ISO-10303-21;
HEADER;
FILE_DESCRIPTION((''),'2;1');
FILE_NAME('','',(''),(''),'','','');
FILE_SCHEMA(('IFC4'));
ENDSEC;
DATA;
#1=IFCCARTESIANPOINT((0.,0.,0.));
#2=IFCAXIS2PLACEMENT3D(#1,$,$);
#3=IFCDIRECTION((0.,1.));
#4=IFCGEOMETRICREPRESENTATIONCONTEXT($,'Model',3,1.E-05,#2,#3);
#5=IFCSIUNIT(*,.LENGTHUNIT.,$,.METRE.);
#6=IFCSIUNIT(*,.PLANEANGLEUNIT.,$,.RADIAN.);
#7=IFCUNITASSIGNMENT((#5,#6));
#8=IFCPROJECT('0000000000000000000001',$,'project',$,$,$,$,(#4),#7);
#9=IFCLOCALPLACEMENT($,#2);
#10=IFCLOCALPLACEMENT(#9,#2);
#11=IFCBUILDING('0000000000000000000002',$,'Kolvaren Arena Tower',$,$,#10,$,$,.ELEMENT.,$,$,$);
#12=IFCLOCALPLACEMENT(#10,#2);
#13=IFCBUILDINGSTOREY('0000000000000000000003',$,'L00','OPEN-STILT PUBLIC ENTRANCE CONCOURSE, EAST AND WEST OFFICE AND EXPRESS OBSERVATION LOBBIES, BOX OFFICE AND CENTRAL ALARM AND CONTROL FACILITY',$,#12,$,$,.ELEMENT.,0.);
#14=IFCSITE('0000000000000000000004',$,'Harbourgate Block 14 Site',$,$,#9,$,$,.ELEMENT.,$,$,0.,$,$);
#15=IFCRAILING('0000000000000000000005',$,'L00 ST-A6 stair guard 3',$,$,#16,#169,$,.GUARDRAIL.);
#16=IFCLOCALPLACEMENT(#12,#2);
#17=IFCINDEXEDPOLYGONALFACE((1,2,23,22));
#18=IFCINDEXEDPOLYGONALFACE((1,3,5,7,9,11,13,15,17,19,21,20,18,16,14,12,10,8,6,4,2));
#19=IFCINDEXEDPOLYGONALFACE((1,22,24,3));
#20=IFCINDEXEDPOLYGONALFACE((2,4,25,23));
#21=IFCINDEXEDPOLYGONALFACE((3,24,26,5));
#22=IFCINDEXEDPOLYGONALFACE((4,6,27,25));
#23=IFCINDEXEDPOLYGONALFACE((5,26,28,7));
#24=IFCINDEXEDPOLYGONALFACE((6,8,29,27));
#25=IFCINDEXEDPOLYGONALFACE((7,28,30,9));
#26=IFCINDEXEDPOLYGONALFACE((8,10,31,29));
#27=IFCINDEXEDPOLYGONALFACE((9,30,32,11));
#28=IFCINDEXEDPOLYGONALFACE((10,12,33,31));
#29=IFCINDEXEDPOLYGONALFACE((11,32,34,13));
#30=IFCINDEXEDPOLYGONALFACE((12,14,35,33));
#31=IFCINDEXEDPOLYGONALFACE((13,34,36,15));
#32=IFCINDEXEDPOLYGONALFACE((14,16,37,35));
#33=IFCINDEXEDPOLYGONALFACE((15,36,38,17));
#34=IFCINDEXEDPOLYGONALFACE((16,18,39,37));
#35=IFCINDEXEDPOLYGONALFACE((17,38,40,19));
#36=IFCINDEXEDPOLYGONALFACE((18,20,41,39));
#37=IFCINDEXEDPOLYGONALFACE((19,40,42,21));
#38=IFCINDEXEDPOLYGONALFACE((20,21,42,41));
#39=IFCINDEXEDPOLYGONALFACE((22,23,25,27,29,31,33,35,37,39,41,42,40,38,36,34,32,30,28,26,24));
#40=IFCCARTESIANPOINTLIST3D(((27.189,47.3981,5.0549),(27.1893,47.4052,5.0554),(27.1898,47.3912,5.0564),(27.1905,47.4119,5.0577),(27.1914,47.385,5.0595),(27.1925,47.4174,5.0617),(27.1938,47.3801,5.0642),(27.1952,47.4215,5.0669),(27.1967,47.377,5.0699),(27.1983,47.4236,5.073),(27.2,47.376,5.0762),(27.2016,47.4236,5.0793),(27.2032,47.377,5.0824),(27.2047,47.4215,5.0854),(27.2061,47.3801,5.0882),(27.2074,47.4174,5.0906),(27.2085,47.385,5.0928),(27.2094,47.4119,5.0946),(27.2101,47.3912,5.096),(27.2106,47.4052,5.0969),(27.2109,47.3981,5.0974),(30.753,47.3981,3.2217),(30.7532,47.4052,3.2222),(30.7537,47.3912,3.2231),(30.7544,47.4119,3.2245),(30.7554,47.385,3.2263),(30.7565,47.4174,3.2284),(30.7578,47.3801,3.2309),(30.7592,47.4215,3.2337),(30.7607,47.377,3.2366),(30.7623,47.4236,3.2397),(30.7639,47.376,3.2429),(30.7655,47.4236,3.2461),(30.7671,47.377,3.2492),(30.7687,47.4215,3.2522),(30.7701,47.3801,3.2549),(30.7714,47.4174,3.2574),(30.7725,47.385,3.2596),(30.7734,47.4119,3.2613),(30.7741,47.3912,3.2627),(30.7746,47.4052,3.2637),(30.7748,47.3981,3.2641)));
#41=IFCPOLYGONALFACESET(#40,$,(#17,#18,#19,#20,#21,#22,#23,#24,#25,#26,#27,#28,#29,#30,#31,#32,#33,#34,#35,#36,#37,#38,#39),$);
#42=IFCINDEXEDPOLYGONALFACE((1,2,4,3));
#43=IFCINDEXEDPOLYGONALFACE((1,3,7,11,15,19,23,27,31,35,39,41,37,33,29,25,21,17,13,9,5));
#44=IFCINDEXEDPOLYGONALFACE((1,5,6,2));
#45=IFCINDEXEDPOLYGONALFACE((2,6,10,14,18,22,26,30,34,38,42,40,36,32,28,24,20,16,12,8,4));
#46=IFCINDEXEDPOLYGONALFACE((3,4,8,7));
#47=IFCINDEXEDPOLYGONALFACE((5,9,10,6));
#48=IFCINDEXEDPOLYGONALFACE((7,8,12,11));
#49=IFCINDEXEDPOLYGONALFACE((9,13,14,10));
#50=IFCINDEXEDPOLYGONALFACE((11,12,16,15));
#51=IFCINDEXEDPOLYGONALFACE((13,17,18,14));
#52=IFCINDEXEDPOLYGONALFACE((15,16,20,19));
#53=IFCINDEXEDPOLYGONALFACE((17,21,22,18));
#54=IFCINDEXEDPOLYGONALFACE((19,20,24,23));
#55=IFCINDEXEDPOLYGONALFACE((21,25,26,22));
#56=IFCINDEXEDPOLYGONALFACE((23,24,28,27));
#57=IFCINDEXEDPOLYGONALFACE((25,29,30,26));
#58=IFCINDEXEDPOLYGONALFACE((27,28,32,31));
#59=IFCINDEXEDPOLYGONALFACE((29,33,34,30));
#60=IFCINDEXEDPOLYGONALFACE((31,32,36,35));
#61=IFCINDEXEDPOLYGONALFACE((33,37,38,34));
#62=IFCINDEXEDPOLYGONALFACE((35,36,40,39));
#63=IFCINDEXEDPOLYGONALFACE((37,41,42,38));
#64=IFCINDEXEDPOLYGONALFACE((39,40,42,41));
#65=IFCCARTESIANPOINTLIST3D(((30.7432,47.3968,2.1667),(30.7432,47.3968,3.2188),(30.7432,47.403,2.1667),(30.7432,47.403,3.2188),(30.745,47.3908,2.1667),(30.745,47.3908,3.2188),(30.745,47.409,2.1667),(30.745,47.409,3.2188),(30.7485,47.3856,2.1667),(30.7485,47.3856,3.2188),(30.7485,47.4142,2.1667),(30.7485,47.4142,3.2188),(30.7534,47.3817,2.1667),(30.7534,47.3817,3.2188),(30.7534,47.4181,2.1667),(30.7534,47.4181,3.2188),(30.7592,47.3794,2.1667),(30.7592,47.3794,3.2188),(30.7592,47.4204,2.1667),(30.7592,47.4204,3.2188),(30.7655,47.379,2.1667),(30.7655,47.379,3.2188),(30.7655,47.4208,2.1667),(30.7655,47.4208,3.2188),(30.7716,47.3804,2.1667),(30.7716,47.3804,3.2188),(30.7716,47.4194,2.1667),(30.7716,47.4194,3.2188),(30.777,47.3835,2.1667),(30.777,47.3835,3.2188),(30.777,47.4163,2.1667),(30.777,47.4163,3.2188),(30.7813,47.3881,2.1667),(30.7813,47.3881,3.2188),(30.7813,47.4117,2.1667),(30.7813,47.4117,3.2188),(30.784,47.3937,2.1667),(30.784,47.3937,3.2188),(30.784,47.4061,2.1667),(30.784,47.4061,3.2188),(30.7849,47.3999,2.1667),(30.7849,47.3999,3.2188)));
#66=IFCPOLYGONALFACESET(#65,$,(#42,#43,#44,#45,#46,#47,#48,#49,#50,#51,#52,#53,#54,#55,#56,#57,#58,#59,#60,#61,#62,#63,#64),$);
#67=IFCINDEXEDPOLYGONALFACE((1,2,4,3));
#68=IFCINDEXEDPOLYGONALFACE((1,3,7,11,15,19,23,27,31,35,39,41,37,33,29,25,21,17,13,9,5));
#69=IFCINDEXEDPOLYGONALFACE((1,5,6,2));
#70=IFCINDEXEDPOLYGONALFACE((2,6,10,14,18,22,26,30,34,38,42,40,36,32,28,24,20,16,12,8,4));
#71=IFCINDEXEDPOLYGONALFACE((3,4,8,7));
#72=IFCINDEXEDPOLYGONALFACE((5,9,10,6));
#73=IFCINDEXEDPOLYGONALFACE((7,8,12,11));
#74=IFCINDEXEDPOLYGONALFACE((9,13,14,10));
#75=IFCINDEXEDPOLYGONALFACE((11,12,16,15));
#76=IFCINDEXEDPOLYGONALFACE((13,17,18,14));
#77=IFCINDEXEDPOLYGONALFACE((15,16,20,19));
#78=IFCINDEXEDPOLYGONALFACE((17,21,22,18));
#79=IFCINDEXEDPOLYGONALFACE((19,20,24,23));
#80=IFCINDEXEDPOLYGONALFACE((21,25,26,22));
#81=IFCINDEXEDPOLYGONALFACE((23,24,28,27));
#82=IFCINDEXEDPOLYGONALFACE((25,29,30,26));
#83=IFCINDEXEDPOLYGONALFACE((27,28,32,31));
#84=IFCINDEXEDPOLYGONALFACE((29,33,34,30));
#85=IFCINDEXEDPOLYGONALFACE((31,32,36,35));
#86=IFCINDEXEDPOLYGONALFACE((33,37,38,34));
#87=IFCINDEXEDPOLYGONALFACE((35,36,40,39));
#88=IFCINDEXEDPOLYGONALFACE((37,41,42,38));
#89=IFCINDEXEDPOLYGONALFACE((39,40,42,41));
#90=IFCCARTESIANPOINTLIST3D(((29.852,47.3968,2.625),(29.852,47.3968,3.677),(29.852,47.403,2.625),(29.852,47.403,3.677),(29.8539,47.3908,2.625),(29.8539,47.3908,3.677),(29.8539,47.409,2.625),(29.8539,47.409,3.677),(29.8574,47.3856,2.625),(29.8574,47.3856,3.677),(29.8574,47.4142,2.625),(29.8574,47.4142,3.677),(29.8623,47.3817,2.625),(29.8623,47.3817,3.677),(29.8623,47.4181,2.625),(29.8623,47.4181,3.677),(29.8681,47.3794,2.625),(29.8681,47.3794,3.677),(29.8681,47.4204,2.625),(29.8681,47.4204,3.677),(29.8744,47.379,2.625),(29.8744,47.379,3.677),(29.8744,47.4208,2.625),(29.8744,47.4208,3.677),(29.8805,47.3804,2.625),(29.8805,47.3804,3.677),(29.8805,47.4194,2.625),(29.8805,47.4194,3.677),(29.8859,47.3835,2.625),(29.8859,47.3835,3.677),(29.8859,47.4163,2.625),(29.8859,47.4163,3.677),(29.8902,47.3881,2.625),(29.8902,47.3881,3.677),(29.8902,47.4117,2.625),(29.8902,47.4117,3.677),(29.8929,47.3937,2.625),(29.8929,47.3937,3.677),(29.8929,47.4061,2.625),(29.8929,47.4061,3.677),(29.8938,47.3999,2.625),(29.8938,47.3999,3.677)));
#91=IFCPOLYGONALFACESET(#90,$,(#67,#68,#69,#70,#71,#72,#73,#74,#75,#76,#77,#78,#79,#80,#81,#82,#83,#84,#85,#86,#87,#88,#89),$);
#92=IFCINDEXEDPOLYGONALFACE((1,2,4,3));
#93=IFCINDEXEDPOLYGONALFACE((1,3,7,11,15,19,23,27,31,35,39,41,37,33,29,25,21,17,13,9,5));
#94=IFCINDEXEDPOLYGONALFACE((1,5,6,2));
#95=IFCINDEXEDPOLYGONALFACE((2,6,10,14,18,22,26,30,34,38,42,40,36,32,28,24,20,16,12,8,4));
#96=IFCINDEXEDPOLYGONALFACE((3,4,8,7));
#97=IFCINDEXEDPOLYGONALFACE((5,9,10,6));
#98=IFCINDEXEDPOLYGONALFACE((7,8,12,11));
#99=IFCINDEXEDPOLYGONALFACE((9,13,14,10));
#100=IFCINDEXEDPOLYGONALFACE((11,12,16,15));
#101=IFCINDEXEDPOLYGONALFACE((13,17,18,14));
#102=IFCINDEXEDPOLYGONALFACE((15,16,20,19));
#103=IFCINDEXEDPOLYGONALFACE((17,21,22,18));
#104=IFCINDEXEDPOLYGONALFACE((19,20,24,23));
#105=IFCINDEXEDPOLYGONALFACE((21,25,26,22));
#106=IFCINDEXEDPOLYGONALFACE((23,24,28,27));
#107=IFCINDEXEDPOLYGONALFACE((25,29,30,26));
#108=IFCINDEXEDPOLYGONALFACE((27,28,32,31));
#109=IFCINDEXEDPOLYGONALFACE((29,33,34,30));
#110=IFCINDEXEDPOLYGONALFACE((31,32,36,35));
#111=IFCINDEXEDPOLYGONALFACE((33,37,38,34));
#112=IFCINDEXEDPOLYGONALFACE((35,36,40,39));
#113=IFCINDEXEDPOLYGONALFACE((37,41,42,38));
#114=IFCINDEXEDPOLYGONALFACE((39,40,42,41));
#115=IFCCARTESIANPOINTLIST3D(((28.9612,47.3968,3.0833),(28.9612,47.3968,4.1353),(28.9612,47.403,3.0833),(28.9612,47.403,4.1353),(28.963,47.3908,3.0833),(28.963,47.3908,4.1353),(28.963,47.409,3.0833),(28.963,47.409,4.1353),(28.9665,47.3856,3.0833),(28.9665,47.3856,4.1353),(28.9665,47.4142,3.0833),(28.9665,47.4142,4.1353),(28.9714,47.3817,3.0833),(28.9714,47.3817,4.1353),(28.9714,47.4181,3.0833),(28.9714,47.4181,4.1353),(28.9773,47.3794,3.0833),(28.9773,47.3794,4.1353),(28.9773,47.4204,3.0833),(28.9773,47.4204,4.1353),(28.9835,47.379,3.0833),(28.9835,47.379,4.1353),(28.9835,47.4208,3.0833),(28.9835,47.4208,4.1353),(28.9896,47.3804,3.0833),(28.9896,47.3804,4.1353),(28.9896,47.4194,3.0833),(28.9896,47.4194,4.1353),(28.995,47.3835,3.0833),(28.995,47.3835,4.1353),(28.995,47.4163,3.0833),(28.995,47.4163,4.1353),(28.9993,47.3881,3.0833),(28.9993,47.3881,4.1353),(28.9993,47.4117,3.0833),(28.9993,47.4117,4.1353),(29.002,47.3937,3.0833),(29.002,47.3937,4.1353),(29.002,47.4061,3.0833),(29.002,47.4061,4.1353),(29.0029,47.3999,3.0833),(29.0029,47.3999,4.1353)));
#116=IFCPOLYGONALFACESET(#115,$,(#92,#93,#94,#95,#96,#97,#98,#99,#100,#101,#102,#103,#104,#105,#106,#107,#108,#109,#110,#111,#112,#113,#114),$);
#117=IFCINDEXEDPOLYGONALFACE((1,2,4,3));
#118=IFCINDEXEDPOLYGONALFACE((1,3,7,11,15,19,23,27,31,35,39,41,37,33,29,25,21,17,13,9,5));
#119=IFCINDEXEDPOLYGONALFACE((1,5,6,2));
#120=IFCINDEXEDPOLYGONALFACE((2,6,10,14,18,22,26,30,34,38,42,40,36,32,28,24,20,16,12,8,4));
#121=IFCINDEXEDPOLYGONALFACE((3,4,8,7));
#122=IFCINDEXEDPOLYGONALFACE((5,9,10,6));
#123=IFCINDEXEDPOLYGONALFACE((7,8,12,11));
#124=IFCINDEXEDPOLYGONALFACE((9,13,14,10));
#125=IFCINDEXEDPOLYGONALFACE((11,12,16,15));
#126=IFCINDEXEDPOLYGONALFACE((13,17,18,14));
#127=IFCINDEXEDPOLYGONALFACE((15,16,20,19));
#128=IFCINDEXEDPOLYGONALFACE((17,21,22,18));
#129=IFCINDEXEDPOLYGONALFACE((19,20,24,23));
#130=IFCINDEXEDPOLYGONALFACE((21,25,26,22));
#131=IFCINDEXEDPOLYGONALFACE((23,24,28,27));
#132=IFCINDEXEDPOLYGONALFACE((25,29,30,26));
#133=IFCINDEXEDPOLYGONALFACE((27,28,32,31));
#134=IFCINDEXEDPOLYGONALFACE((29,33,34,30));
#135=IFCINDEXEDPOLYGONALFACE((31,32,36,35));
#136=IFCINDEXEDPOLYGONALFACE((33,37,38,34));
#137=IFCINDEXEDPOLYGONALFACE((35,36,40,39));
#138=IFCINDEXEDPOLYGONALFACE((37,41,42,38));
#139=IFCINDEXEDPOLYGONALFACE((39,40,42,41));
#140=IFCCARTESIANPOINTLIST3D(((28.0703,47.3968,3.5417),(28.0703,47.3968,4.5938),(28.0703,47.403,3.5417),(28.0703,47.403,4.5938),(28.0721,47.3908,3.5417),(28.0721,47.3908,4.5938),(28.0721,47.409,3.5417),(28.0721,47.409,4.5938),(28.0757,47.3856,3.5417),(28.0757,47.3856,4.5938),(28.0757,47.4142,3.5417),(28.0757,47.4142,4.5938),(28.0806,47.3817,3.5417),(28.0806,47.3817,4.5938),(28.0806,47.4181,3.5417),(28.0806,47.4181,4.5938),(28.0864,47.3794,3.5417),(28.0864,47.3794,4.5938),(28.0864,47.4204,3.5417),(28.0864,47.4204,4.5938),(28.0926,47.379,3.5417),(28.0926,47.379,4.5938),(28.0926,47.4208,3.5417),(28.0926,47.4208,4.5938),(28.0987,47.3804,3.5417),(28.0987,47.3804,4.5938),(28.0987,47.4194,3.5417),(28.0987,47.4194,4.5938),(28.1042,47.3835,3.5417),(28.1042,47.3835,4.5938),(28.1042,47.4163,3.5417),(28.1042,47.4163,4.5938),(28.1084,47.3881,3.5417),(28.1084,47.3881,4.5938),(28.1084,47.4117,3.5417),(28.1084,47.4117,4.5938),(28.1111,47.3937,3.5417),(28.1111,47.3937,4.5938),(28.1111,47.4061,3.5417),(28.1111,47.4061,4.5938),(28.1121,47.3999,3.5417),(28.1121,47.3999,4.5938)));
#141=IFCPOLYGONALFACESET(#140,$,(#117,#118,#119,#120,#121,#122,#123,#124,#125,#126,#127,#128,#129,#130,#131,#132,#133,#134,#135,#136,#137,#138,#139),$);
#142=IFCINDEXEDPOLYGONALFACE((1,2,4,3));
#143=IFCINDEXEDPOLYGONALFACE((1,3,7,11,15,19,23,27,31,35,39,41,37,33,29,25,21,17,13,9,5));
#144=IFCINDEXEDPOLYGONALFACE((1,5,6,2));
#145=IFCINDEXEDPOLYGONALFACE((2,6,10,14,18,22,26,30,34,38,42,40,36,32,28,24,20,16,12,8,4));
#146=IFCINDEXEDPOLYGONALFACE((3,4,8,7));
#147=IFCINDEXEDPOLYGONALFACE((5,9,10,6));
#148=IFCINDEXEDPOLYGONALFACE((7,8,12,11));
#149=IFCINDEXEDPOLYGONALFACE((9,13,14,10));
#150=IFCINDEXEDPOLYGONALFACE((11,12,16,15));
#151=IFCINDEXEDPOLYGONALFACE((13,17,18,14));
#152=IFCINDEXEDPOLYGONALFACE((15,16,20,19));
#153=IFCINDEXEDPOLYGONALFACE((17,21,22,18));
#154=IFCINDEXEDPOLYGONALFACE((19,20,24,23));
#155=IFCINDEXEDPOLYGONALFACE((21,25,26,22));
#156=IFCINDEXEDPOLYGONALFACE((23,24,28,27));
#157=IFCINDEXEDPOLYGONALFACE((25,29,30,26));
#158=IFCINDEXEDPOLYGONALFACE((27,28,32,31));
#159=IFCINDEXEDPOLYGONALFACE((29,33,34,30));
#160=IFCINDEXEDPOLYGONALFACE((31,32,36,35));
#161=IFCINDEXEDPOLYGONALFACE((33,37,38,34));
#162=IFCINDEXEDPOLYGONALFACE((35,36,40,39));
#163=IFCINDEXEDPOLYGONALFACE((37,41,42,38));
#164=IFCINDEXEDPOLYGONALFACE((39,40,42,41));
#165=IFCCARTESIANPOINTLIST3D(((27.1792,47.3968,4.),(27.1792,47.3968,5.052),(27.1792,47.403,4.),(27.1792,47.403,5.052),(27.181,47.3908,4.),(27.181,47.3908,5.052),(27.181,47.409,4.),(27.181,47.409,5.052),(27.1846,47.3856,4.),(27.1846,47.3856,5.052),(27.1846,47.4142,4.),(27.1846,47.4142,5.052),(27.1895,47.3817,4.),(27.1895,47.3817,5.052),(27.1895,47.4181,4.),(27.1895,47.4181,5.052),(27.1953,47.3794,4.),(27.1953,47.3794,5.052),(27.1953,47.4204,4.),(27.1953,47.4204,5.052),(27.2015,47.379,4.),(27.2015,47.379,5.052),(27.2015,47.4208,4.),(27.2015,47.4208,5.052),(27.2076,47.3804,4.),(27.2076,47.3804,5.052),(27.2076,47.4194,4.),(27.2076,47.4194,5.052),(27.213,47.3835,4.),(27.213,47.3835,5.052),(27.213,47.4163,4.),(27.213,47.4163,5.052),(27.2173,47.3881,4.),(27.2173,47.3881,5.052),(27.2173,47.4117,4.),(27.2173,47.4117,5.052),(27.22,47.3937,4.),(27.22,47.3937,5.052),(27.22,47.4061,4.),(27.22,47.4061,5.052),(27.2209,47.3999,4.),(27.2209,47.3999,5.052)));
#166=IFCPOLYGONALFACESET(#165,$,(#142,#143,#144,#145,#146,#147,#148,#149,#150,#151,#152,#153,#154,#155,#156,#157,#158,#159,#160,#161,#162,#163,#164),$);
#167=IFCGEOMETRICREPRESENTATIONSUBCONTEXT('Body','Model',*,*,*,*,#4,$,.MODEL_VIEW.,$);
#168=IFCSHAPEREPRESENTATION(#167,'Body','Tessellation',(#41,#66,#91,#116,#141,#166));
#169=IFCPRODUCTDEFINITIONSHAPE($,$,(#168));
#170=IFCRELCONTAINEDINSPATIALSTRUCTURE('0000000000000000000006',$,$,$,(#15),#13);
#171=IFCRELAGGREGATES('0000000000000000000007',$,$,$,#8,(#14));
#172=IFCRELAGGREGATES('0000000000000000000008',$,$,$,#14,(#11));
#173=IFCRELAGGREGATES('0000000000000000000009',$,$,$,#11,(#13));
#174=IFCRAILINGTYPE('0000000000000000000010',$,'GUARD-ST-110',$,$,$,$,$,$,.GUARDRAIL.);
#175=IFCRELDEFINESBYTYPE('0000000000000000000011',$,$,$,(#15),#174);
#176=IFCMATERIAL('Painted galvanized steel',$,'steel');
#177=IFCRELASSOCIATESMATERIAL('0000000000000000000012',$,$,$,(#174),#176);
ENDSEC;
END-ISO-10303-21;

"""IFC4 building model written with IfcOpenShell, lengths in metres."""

from ifc_helpers import new_model, si_unit, direction, frame, origin, origin_2d, place, context, subcontext, project, spatial, circle, extrude, material, type_object, element, save


model = new_model("IFC4")

# Units and contexts
model_context = context("Model", 3, precision=1e-05, world=origin(), true_north=direction((0.0, 1.0)))
body_context = subcontext(model_context, "Body", "Model", "MODEL_VIEW")
ifc_project = project(units=[si_unit("LENGTHUNIT", "METRE"), si_unit("PLANEANGLEUNIT", "RADIAN")], contexts=[model_context])

# Site, building, storey
site_placement = place(None, origin())
site = spatial("IfcSite", under=ifc_project, at=site_placement, Name="Harbourgate Block 14 Site", CompositionType="ELEMENT", RefElevation=0.0)
building_placement = place(site_placement, origin())
building = spatial("IfcBuilding", under=site, at=building_placement, Name="Kolvaren Arena Tower", CompositionType="ELEMENT")
storey_placement = place(building_placement, origin())
storey = spatial("IfcBuildingStorey", under=building, at=storey_placement, Name="L00", Description="OPEN-STILT PUBLIC ENTRANCE CONCOURSE, EAST AND WEST OFFICE AND EXPRESS OBSERVATION LOBBIES, BOX OFFICE AND CENTRAL ALARM AND CONTROL FACILITY", CompositionType="ELEMENT", Elevation=0.0)

# Railing
ifc_material_1 = material(Name="Painted galvanized steel", Category="steel")
railing_type_1 = type_object("IfcRailingType", Name="GUARD-ST-110", PredefinedType="GUARDRAIL", material=ifc_material_1)
railing_1_placement = place(storey_placement, frame((30.7639, 47.3999, 2.1667)))
element("IfcRailing", 1, at=railing_1_placement, inside=storey, type_object=railing_type_1, Name="L00 ST-A6 stair guard 3", PredefinedType="GUARDRAIL", context=body_context, shape_type="SweptSolid", body=[
    extrude(circle(Radius=0.0239, at=origin_2d()), frame((0.0, 0.0, 1.0762), z_axis=(-0.889252, 0.0, 0.457418), x_axis=(0.0, -1.0, 0.0)), (0.0, 0.0, 1.0), 4.0078),
    extrude(circle(Radius=0.021, at=origin_2d()), origin(), (0.0, 0.0, 1.0), 1.052),
    extrude(circle(Radius=0.021, at=origin_2d()), frame((-0.8911, 0.0, 0.4583)), (0.0, 0.0, 1.0), 1.052),
    extrude(circle(Radius=0.021, at=origin_2d()), frame((-1.782, 0.0, 0.9165)), (0.0, 0.0, 1.0), 1.052),
    extrude(circle(Radius=0.021, at=origin_2d()), frame((-2.6729, 0.0, 1.375)), (0.0, 0.0, 1.0), 1.052),
    extrude(circle(Radius=0.021, at=origin_2d()), frame((-3.564, 0.0, 1.8333)), (0.0, 0.0, 1.0), 1.052),
])

save(model, "model.ifc")
